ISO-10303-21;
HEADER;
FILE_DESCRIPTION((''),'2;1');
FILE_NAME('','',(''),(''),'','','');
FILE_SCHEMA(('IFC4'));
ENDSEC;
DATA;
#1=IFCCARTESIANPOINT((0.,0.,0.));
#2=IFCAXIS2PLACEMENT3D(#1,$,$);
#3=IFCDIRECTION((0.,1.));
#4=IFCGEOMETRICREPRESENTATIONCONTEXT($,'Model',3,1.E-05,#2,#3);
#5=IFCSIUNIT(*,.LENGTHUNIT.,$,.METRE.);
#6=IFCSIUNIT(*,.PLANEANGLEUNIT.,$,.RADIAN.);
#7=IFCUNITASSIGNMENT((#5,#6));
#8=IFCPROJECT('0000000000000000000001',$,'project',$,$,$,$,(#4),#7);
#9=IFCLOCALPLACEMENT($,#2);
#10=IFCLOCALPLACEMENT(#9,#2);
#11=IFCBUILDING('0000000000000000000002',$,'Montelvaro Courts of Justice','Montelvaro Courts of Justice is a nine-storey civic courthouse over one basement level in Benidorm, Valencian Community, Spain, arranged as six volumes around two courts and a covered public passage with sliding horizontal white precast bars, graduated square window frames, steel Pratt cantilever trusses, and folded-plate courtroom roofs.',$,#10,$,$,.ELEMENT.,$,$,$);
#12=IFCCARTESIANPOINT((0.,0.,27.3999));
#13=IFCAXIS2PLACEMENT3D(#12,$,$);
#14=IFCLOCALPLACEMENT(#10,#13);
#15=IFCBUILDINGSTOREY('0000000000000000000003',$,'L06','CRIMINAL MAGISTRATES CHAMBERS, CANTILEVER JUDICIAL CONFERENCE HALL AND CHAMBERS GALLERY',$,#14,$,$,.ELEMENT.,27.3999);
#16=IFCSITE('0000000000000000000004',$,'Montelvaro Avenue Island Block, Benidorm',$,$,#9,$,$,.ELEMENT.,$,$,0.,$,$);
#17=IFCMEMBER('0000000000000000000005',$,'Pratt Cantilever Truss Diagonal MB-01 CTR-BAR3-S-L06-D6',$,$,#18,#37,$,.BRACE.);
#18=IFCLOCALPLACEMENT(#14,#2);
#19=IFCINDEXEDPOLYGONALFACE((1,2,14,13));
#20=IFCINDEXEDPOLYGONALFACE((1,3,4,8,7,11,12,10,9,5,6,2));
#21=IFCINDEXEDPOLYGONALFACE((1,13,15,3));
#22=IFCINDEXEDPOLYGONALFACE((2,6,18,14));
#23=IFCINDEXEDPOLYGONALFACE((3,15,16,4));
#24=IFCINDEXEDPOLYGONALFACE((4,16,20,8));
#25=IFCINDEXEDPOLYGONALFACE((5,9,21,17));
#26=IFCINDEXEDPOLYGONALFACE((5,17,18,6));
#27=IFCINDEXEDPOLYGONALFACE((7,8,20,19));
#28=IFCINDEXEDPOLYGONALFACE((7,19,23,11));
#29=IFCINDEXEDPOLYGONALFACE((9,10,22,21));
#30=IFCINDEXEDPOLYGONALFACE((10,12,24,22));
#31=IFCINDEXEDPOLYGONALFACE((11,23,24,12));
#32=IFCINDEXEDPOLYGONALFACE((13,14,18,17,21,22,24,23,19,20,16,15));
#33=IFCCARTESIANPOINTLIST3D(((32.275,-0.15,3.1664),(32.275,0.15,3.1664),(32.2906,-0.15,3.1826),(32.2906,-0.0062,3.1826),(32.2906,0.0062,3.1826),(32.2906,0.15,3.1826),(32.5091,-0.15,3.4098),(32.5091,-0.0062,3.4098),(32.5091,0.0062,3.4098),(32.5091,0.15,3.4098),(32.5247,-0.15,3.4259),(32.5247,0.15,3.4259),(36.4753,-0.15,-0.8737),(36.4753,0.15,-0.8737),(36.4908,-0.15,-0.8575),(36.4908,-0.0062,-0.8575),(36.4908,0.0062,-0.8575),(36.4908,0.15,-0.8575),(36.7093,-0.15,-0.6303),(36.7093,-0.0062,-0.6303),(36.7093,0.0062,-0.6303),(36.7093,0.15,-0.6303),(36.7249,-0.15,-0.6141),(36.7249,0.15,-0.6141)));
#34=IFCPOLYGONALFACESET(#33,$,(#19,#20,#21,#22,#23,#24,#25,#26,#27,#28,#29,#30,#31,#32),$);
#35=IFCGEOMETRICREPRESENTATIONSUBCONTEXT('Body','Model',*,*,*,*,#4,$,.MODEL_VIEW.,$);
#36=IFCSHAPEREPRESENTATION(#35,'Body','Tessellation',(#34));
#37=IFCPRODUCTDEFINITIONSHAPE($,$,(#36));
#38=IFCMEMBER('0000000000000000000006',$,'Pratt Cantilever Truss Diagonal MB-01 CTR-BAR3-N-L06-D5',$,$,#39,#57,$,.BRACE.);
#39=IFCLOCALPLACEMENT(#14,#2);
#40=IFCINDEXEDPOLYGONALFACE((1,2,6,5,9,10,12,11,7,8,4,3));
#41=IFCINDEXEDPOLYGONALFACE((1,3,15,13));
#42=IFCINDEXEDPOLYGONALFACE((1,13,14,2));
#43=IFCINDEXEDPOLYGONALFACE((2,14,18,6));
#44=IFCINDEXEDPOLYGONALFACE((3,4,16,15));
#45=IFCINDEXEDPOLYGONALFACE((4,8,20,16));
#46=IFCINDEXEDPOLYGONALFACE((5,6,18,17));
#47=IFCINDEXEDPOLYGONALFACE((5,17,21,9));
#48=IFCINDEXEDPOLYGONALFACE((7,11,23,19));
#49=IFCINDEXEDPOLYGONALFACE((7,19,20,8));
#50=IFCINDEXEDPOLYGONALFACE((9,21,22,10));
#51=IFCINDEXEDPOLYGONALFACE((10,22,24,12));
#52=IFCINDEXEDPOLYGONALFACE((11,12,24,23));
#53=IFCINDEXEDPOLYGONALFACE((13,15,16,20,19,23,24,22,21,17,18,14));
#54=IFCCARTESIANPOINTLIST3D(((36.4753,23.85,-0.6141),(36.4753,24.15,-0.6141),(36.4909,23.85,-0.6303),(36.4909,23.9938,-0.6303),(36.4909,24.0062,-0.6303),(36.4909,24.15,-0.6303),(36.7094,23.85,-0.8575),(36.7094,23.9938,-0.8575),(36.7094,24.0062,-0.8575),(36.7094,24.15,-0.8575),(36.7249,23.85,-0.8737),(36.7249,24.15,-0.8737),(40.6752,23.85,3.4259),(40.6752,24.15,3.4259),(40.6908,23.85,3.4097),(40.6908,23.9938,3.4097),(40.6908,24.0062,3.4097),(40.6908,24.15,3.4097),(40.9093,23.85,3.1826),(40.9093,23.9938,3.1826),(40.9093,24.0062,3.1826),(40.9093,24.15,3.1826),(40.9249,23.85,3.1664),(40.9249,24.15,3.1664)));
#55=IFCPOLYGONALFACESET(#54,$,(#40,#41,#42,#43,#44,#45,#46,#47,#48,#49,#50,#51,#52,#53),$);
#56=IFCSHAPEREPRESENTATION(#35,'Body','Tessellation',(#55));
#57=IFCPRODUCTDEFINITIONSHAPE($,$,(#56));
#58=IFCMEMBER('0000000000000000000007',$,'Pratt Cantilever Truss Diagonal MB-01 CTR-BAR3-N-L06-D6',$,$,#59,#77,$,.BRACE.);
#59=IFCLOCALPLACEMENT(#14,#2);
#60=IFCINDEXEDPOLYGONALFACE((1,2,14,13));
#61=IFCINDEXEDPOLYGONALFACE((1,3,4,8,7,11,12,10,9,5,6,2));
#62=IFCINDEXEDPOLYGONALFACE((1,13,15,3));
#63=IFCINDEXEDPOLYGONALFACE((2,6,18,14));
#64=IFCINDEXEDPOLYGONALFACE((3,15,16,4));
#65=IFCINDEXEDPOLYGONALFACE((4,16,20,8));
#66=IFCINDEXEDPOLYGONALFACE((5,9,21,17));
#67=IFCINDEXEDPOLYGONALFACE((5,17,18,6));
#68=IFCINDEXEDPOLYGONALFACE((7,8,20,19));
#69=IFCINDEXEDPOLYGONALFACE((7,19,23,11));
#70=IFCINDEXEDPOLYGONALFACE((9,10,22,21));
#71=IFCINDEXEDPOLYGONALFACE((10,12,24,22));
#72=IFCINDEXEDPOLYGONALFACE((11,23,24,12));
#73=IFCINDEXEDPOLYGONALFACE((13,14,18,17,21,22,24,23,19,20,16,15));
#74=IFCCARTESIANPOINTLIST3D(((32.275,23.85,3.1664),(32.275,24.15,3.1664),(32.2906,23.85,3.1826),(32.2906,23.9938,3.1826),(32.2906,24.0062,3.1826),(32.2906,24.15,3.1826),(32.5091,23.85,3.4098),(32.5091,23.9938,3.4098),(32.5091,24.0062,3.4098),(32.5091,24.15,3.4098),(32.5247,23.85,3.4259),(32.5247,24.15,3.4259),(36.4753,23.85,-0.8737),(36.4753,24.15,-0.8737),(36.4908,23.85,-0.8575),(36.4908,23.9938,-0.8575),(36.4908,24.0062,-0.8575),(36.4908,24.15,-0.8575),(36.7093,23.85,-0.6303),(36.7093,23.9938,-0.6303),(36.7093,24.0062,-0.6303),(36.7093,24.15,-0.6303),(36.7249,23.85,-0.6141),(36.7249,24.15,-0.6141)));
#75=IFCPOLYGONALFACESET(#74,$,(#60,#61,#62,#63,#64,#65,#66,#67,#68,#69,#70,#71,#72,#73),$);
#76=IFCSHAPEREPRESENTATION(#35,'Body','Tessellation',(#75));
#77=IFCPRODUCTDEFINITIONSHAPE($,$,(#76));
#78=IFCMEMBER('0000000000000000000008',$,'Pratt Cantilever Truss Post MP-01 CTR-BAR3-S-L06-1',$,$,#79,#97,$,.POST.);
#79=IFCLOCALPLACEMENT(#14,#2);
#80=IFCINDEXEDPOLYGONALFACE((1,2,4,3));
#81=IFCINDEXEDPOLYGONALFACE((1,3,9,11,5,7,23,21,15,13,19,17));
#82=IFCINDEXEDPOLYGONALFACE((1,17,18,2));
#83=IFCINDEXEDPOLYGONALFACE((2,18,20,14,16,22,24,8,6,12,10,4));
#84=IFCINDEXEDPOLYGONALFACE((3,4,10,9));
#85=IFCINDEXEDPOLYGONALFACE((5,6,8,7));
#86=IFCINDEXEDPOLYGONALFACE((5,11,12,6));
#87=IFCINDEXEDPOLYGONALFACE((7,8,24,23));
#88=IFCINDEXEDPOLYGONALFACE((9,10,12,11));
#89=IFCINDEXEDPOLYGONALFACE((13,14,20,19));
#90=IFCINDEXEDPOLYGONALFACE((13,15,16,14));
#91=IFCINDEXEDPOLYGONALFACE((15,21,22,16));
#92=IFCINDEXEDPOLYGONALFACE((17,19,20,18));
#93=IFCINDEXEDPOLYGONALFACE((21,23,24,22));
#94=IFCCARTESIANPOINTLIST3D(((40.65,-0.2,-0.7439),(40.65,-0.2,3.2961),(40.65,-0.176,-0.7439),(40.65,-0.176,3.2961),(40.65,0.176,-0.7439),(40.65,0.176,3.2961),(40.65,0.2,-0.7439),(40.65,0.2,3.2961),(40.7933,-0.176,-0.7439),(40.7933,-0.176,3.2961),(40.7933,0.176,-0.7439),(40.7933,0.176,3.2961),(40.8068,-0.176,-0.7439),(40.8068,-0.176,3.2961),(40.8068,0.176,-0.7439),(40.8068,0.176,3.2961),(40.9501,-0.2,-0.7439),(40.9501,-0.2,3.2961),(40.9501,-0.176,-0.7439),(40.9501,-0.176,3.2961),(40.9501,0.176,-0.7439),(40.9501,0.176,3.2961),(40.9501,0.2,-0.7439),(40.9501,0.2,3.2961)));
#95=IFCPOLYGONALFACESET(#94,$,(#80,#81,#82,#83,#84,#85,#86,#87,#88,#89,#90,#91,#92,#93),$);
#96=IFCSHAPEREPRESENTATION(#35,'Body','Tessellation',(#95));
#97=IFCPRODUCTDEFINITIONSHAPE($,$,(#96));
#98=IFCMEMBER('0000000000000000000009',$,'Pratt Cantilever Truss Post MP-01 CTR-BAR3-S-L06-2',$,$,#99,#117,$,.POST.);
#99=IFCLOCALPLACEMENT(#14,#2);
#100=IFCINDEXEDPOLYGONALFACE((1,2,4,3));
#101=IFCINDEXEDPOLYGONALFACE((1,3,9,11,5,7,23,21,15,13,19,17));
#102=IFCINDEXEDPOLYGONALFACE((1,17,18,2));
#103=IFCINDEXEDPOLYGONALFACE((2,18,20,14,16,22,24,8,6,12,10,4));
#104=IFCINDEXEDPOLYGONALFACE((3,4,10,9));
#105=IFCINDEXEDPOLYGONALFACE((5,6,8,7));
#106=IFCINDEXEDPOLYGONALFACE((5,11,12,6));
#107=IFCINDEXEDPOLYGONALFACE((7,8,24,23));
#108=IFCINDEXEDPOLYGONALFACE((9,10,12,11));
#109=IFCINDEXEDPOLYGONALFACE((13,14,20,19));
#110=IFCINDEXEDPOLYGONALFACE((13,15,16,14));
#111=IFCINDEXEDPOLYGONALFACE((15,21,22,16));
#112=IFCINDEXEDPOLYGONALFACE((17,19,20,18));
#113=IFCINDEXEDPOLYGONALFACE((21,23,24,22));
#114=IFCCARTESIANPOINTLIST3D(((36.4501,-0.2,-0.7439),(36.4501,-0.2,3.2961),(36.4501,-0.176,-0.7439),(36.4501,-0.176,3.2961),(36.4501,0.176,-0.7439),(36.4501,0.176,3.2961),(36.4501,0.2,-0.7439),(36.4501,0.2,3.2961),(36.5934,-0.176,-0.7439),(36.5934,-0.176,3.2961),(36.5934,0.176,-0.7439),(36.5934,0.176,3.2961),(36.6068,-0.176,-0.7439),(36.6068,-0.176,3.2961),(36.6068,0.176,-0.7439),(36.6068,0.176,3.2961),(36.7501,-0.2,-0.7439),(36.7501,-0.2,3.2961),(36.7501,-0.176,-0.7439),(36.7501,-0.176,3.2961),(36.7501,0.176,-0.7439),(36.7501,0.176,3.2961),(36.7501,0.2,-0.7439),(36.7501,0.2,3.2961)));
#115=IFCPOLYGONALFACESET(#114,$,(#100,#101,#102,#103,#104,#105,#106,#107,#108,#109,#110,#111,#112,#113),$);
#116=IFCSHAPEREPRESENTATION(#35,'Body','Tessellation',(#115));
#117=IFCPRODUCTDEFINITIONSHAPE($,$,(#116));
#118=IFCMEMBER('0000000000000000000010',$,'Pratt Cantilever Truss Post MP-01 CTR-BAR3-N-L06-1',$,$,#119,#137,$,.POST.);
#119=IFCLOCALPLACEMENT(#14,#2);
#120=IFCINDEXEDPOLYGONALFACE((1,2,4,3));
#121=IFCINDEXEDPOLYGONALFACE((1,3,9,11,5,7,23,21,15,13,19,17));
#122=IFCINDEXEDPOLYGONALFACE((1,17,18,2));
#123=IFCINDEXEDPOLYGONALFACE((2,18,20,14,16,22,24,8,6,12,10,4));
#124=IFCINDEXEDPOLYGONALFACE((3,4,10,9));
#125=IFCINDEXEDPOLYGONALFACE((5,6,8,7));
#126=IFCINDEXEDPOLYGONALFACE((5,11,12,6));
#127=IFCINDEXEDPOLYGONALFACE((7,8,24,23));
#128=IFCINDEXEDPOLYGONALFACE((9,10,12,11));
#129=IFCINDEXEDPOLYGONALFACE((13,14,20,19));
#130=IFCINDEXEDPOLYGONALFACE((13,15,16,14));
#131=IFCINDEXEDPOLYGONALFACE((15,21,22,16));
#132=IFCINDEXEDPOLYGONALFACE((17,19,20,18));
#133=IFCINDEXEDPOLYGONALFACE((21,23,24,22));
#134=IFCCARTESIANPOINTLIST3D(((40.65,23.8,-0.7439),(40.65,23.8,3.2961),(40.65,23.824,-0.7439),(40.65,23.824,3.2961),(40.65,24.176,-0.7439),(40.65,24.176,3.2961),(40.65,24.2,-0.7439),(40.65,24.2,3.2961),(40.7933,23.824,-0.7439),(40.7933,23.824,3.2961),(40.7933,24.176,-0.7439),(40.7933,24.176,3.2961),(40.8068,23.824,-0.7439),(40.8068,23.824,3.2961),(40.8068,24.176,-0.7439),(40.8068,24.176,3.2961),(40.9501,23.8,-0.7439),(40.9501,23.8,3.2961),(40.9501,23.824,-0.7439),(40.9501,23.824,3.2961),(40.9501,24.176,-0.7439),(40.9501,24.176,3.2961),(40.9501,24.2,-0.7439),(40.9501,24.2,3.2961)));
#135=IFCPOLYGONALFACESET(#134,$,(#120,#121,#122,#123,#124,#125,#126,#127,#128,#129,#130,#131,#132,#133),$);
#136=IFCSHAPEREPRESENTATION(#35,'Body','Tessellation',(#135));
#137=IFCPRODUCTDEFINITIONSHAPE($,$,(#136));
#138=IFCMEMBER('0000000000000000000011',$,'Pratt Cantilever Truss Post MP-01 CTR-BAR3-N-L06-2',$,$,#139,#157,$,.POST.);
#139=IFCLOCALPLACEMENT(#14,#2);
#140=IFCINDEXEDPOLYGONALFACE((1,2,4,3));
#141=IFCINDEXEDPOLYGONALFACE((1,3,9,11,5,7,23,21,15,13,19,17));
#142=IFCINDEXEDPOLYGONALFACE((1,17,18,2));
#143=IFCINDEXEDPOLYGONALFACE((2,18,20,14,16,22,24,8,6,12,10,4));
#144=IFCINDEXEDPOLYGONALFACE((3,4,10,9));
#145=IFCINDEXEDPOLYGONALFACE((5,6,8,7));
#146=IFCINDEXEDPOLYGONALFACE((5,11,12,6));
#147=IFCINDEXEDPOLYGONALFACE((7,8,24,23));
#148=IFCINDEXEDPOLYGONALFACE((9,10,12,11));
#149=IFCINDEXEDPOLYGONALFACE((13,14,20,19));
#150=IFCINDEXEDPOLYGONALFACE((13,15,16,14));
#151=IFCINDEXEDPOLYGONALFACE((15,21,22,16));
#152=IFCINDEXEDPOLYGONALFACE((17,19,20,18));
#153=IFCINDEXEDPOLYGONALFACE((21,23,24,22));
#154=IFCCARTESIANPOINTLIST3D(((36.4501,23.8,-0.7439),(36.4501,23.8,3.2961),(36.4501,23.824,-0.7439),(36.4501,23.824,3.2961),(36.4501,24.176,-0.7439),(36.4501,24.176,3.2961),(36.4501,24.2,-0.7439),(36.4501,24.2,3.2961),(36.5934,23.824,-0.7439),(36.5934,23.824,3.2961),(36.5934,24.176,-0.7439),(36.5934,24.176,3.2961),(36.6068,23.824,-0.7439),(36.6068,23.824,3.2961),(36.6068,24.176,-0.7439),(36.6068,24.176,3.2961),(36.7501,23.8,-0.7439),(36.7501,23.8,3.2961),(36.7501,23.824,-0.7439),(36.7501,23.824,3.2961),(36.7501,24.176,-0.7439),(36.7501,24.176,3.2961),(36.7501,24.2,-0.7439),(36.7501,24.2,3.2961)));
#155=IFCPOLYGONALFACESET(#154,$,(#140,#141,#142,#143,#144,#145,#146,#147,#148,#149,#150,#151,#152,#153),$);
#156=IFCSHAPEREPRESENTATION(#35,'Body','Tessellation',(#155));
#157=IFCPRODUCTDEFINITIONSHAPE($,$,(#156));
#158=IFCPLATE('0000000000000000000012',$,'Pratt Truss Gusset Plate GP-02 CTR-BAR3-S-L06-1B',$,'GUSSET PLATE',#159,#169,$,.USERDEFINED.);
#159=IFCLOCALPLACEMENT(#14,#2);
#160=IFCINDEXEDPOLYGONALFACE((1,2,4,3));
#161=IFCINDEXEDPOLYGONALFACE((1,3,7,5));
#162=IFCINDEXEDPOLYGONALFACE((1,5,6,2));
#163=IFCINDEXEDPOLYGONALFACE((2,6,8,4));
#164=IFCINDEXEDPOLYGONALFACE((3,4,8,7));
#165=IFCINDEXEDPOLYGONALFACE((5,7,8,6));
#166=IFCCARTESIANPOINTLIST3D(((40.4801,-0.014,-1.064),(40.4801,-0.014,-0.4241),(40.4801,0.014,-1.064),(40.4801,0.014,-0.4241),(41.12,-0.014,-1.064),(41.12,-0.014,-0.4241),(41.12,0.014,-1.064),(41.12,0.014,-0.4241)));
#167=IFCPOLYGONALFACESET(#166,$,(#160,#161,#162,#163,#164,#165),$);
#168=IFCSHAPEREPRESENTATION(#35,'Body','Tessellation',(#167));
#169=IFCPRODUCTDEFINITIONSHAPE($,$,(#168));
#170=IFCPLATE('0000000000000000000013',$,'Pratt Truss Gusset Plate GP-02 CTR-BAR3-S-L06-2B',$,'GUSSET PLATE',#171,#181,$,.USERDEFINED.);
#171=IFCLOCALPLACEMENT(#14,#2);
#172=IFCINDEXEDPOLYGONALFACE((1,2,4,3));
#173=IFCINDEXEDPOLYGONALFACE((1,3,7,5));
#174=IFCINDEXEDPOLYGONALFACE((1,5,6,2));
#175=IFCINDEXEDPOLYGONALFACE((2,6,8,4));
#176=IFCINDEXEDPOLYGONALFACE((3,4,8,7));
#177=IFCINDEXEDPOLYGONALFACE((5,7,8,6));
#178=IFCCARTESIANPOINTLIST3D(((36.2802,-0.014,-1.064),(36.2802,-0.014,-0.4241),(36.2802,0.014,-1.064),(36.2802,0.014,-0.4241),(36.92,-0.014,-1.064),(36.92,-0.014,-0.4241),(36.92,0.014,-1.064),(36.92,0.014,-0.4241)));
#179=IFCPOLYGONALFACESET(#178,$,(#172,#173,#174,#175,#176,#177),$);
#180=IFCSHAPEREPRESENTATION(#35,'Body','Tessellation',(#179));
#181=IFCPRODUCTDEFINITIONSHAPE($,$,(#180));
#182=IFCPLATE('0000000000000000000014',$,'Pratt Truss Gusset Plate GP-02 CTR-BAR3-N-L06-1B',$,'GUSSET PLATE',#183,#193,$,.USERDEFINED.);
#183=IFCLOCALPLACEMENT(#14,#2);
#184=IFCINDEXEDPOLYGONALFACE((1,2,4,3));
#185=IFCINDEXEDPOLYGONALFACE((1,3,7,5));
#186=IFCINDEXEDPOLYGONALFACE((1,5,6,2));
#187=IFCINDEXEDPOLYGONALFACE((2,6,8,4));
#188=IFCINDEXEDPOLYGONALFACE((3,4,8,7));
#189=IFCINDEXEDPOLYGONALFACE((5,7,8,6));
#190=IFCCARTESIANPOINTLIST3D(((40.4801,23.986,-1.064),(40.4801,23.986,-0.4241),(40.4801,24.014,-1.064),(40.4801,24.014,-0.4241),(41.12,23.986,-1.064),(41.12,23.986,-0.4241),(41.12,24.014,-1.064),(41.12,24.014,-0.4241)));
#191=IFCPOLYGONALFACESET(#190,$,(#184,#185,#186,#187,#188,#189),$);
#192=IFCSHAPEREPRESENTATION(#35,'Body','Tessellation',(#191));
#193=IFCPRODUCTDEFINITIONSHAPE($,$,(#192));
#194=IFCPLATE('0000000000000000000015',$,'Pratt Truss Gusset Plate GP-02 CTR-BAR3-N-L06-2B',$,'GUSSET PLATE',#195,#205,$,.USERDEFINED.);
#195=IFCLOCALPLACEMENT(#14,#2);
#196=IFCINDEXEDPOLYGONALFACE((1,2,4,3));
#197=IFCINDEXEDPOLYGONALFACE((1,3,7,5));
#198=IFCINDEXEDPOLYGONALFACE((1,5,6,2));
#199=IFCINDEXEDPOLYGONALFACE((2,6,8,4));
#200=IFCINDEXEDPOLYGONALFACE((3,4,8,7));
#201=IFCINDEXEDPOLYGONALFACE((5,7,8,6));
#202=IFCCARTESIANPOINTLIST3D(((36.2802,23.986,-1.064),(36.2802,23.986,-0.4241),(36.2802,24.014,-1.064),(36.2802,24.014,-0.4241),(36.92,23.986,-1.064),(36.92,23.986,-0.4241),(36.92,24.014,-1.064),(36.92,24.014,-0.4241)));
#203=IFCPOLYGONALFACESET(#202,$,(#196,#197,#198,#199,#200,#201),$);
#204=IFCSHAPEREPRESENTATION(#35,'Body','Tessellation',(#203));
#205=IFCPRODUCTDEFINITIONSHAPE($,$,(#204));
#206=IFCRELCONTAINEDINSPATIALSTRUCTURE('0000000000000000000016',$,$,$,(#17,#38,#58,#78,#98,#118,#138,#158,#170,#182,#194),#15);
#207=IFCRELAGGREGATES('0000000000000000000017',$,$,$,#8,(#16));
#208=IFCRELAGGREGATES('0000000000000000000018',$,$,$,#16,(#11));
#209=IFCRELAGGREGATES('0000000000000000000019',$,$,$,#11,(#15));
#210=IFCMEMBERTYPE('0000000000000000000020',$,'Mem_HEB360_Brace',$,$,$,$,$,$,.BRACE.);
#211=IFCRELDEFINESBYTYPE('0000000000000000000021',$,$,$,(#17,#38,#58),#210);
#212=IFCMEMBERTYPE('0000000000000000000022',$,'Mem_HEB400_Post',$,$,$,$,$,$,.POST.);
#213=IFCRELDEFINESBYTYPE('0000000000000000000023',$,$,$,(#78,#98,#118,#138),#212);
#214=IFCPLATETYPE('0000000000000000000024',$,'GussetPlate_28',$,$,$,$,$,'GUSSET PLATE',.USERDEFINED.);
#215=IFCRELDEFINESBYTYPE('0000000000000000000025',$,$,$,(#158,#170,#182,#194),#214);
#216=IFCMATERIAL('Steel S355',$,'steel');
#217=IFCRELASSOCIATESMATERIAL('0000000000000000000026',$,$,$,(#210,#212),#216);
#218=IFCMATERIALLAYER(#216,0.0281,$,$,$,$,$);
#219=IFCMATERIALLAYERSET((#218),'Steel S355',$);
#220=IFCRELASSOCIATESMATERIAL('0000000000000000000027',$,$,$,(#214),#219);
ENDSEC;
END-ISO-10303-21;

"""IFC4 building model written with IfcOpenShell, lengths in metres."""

from ifc_helpers import new_model, si_unit, direction, frame, origin, origin_2d, place, context, subcontext, project, spatial, rectangle, i_section, extrude, material, layer, layer_set, material_profile, profile_set, type_object, element, save


model = new_model("IFC4")

# Units and contexts
model_context = context("Model", 3, precision=1e-05, world=origin(), true_north=direction((0.0, 1.0)))
body_context = subcontext(model_context, "Body", "Model", "MODEL_VIEW")
ifc_project = project(units=[si_unit("LENGTHUNIT", "METRE"), si_unit("PLANEANGLEUNIT", "RADIAN")], contexts=[model_context])

# Site, building, storey
site_placement = place(None, origin())
site = spatial("IfcSite", under=ifc_project, at=site_placement, Name="Montelvaro Avenue Island Block, Benidorm", CompositionType="ELEMENT", RefElevation=0.0)
building_placement = place(site_placement, origin())
building = spatial("IfcBuilding", under=site, at=building_placement, Name="Montelvaro Courts of Justice", Description="Montelvaro Courts of Justice is a nine-storey civic courthouse over one basement level in Benidorm, Valencian Community, Spain, arranged as six volumes around two courts and a covered public passage with sliding horizontal white precast bars, graduated square window frames, steel Pratt cantilever trusses, and folded-plate courtroom roofs.", CompositionType="ELEMENT")
storey_placement = place(building_placement, frame((0.0, 0.0, 27.3999)))
storey = spatial("IfcBuildingStorey", under=building, at=storey_placement, Name="L06", Description="CRIMINAL MAGISTRATES CHAMBERS, CANTILEVER JUDICIAL CONFERENCE HALL AND CHAMBERS GALLERY", CompositionType="ELEMENT", Elevation=27.3999)

# Shared definitions
ifc_material_1 = material(Name="Steel S355", Category="steel")

# Members
ifc_material_profile_1 = material_profile(ifc_material_1, i_section(OverallWidth=0.3, OverallDepth=0.3601, WebThickness=0.0125, FlangeThickness=0.0225, at=origin_2d()), Name="HEB 360")
ifc_profile_set_1 = profile_set([ifc_material_profile_1], Name="Steel S355")
member_type_1 = type_object("IfcMemberType", Name="Mem_HEB360_Brace", PredefinedType="BRACE", material=ifc_profile_set_1)
member_1_placement = place(storey_placement, frame((36.6001, 0.0, -0.7439), z_axis=(-0.720714, 0.0, 0.693233), x_axis=(0.0, -1.0, 0.0)))
element("IfcMember", 1, at=member_1_placement, inside=storey, type_object=member_type_1, Name="Pratt Cantilever Truss Diagonal MB-01 CTR-BAR3-S-L06-D6", PredefinedType="BRACE", context=body_context, shape_type="SweptSolid", body=[
    extrude(i_section(OverallWidth=0.3, OverallDepth=0.3601, WebThickness=0.0125, FlangeThickness=0.0225, at=origin_2d()), origin(), (0.0, 0.0, 1.0), 5.8279),
])
member_2_placement = place(storey_placement, frame((40.8, 24.0, 3.2961), z_axis=(-0.720694, 0.0, -0.693254), x_axis=(0.0, -1.0, 0.0)))
element("IfcMember", 2, at=member_2_placement, inside=storey, type_object=member_type_1, Name="Pratt Cantilever Truss Diagonal MB-01 CTR-BAR3-N-L06-D5", PredefinedType="BRACE", context=body_context, shape_type="SweptSolid", body=[
    extrude(i_section(OverallWidth=0.3, OverallDepth=0.3601, WebThickness=0.0125, FlangeThickness=0.0225, at=origin_2d()), origin(), (0.0, 0.0, 1.0), 5.8276),
])
member_3_placement = place(storey_placement, frame((36.6001, 24.0, -0.7439), z_axis=(-0.720714, 0.0, 0.693233), x_axis=(0.0, -1.0, 0.0)))
element("IfcMember", 3, at=member_3_placement, inside=storey, type_object=member_type_1, Name="Pratt Cantilever Truss Diagonal MB-01 CTR-BAR3-N-L06-D6", PredefinedType="BRACE", context=body_context, shape_type="SweptSolid", body=[
    extrude(i_section(OverallWidth=0.3, OverallDepth=0.3601, WebThickness=0.0125, FlangeThickness=0.0225, at=origin_2d()), origin(), (0.0, 0.0, 1.0), 5.8279),
])
ifc_material_profile_2 = material_profile(ifc_material_1, i_section(OverallWidth=0.3, OverallDepth=0.3999, WebThickness=0.0134, FlangeThickness=0.0239, at=origin_2d()), Name="HEB 400")
ifc_profile_set_2 = profile_set([ifc_material_profile_2], Name="Steel S355")
member_type_2 = type_object("IfcMemberType", Name="Mem_HEB400_Post", PredefinedType="POST", material=ifc_profile_set_2)
for number, where, z_axis, x_axis, name in (
    (4, (40.8, 0.0, -0.7439), (0.0, 0.0, 1.0), (1.0, 0.0, 0.0), "Pratt Cantilever Truss Post MP-01 CTR-BAR3-S-L06-1"),
    (5, (36.6001, 0.0, -0.7439), (0.0, 0.0, 1.0), (1.0, 0.0, 0.0), "Pratt Cantilever Truss Post MP-01 CTR-BAR3-S-L06-2"),
    (6, (40.8, 24.0, -0.7439), (0.0, 0.0, 1.0), (1.0, 0.0, 0.0), "Pratt Cantilever Truss Post MP-01 CTR-BAR3-N-L06-1"),
    (7, (36.6001, 24.0, -0.7439), (0.0, 0.0, 1.0), (1.0, 0.0, 0.0), "Pratt Cantilever Truss Post MP-01 CTR-BAR3-N-L06-2"),
):
    element("IfcMember", number, at=place(storey_placement, frame(where, z_axis=z_axis, x_axis=x_axis)), inside=storey, type_object=member_type_2, Name=name, PredefinedType="POST", context=body_context, shape_type="SweptSolid", body=[
        extrude(i_section(OverallWidth=0.3, OverallDepth=0.3999, WebThickness=0.0134, FlangeThickness=0.0239, at=origin_2d()), origin(), (0.0, 0.0, 1.0), 4.04),
    ])

# Plates
ifc_layer_1 = layer(ifc_material_1, 0.0281)
ifc_layer_set_1 = layer_set([ifc_layer_1], Name="Steel S355")
plate_type = type_object("IfcPlateType", Name="GussetPlate_28", ElementType="GUSSET PLATE", PredefinedType="USERDEFINED", material=ifc_layer_set_1)
for number, where, z_axis, x_axis, name in (
    (8, (40.8, 0.0, -1.064), (0.0, 0.0, 1.0), (1.0, 0.0, 0.0), "Pratt Truss Gusset Plate GP-02 CTR-BAR3-S-L06-1B"),
    (9, (36.6001, 0.0, -1.064), (0.0, 0.0, 1.0), (1.0, 0.0, 0.0), "Pratt Truss Gusset Plate GP-02 CTR-BAR3-S-L06-2B"),
    (10, (40.8, 24.0, -1.064), (0.0, 0.0, 1.0), (1.0, 0.0, 0.0), "Pratt Truss Gusset Plate GP-02 CTR-BAR3-N-L06-1B"),
    (11, (36.6001, 24.0, -1.064), (0.0, 0.0, 1.0), (1.0, 0.0, 0.0), "Pratt Truss Gusset Plate GP-02 CTR-BAR3-N-L06-2B"),
):
    element("IfcPlate", number, at=place(storey_placement, frame(where, z_axis=z_axis, x_axis=x_axis)), inside=storey, type_object=plate_type, Name=name, ObjectType="GUSSET PLATE", PredefinedType="USERDEFINED", context=body_context, shape_type="SweptSolid", body=[
        extrude(rectangle(XDim=0.6399, YDim=0.0281, at=origin_2d()), origin(), (0.0, 0.0, 1.0), 0.6399),
    ])

save(model, "model.ifc")
